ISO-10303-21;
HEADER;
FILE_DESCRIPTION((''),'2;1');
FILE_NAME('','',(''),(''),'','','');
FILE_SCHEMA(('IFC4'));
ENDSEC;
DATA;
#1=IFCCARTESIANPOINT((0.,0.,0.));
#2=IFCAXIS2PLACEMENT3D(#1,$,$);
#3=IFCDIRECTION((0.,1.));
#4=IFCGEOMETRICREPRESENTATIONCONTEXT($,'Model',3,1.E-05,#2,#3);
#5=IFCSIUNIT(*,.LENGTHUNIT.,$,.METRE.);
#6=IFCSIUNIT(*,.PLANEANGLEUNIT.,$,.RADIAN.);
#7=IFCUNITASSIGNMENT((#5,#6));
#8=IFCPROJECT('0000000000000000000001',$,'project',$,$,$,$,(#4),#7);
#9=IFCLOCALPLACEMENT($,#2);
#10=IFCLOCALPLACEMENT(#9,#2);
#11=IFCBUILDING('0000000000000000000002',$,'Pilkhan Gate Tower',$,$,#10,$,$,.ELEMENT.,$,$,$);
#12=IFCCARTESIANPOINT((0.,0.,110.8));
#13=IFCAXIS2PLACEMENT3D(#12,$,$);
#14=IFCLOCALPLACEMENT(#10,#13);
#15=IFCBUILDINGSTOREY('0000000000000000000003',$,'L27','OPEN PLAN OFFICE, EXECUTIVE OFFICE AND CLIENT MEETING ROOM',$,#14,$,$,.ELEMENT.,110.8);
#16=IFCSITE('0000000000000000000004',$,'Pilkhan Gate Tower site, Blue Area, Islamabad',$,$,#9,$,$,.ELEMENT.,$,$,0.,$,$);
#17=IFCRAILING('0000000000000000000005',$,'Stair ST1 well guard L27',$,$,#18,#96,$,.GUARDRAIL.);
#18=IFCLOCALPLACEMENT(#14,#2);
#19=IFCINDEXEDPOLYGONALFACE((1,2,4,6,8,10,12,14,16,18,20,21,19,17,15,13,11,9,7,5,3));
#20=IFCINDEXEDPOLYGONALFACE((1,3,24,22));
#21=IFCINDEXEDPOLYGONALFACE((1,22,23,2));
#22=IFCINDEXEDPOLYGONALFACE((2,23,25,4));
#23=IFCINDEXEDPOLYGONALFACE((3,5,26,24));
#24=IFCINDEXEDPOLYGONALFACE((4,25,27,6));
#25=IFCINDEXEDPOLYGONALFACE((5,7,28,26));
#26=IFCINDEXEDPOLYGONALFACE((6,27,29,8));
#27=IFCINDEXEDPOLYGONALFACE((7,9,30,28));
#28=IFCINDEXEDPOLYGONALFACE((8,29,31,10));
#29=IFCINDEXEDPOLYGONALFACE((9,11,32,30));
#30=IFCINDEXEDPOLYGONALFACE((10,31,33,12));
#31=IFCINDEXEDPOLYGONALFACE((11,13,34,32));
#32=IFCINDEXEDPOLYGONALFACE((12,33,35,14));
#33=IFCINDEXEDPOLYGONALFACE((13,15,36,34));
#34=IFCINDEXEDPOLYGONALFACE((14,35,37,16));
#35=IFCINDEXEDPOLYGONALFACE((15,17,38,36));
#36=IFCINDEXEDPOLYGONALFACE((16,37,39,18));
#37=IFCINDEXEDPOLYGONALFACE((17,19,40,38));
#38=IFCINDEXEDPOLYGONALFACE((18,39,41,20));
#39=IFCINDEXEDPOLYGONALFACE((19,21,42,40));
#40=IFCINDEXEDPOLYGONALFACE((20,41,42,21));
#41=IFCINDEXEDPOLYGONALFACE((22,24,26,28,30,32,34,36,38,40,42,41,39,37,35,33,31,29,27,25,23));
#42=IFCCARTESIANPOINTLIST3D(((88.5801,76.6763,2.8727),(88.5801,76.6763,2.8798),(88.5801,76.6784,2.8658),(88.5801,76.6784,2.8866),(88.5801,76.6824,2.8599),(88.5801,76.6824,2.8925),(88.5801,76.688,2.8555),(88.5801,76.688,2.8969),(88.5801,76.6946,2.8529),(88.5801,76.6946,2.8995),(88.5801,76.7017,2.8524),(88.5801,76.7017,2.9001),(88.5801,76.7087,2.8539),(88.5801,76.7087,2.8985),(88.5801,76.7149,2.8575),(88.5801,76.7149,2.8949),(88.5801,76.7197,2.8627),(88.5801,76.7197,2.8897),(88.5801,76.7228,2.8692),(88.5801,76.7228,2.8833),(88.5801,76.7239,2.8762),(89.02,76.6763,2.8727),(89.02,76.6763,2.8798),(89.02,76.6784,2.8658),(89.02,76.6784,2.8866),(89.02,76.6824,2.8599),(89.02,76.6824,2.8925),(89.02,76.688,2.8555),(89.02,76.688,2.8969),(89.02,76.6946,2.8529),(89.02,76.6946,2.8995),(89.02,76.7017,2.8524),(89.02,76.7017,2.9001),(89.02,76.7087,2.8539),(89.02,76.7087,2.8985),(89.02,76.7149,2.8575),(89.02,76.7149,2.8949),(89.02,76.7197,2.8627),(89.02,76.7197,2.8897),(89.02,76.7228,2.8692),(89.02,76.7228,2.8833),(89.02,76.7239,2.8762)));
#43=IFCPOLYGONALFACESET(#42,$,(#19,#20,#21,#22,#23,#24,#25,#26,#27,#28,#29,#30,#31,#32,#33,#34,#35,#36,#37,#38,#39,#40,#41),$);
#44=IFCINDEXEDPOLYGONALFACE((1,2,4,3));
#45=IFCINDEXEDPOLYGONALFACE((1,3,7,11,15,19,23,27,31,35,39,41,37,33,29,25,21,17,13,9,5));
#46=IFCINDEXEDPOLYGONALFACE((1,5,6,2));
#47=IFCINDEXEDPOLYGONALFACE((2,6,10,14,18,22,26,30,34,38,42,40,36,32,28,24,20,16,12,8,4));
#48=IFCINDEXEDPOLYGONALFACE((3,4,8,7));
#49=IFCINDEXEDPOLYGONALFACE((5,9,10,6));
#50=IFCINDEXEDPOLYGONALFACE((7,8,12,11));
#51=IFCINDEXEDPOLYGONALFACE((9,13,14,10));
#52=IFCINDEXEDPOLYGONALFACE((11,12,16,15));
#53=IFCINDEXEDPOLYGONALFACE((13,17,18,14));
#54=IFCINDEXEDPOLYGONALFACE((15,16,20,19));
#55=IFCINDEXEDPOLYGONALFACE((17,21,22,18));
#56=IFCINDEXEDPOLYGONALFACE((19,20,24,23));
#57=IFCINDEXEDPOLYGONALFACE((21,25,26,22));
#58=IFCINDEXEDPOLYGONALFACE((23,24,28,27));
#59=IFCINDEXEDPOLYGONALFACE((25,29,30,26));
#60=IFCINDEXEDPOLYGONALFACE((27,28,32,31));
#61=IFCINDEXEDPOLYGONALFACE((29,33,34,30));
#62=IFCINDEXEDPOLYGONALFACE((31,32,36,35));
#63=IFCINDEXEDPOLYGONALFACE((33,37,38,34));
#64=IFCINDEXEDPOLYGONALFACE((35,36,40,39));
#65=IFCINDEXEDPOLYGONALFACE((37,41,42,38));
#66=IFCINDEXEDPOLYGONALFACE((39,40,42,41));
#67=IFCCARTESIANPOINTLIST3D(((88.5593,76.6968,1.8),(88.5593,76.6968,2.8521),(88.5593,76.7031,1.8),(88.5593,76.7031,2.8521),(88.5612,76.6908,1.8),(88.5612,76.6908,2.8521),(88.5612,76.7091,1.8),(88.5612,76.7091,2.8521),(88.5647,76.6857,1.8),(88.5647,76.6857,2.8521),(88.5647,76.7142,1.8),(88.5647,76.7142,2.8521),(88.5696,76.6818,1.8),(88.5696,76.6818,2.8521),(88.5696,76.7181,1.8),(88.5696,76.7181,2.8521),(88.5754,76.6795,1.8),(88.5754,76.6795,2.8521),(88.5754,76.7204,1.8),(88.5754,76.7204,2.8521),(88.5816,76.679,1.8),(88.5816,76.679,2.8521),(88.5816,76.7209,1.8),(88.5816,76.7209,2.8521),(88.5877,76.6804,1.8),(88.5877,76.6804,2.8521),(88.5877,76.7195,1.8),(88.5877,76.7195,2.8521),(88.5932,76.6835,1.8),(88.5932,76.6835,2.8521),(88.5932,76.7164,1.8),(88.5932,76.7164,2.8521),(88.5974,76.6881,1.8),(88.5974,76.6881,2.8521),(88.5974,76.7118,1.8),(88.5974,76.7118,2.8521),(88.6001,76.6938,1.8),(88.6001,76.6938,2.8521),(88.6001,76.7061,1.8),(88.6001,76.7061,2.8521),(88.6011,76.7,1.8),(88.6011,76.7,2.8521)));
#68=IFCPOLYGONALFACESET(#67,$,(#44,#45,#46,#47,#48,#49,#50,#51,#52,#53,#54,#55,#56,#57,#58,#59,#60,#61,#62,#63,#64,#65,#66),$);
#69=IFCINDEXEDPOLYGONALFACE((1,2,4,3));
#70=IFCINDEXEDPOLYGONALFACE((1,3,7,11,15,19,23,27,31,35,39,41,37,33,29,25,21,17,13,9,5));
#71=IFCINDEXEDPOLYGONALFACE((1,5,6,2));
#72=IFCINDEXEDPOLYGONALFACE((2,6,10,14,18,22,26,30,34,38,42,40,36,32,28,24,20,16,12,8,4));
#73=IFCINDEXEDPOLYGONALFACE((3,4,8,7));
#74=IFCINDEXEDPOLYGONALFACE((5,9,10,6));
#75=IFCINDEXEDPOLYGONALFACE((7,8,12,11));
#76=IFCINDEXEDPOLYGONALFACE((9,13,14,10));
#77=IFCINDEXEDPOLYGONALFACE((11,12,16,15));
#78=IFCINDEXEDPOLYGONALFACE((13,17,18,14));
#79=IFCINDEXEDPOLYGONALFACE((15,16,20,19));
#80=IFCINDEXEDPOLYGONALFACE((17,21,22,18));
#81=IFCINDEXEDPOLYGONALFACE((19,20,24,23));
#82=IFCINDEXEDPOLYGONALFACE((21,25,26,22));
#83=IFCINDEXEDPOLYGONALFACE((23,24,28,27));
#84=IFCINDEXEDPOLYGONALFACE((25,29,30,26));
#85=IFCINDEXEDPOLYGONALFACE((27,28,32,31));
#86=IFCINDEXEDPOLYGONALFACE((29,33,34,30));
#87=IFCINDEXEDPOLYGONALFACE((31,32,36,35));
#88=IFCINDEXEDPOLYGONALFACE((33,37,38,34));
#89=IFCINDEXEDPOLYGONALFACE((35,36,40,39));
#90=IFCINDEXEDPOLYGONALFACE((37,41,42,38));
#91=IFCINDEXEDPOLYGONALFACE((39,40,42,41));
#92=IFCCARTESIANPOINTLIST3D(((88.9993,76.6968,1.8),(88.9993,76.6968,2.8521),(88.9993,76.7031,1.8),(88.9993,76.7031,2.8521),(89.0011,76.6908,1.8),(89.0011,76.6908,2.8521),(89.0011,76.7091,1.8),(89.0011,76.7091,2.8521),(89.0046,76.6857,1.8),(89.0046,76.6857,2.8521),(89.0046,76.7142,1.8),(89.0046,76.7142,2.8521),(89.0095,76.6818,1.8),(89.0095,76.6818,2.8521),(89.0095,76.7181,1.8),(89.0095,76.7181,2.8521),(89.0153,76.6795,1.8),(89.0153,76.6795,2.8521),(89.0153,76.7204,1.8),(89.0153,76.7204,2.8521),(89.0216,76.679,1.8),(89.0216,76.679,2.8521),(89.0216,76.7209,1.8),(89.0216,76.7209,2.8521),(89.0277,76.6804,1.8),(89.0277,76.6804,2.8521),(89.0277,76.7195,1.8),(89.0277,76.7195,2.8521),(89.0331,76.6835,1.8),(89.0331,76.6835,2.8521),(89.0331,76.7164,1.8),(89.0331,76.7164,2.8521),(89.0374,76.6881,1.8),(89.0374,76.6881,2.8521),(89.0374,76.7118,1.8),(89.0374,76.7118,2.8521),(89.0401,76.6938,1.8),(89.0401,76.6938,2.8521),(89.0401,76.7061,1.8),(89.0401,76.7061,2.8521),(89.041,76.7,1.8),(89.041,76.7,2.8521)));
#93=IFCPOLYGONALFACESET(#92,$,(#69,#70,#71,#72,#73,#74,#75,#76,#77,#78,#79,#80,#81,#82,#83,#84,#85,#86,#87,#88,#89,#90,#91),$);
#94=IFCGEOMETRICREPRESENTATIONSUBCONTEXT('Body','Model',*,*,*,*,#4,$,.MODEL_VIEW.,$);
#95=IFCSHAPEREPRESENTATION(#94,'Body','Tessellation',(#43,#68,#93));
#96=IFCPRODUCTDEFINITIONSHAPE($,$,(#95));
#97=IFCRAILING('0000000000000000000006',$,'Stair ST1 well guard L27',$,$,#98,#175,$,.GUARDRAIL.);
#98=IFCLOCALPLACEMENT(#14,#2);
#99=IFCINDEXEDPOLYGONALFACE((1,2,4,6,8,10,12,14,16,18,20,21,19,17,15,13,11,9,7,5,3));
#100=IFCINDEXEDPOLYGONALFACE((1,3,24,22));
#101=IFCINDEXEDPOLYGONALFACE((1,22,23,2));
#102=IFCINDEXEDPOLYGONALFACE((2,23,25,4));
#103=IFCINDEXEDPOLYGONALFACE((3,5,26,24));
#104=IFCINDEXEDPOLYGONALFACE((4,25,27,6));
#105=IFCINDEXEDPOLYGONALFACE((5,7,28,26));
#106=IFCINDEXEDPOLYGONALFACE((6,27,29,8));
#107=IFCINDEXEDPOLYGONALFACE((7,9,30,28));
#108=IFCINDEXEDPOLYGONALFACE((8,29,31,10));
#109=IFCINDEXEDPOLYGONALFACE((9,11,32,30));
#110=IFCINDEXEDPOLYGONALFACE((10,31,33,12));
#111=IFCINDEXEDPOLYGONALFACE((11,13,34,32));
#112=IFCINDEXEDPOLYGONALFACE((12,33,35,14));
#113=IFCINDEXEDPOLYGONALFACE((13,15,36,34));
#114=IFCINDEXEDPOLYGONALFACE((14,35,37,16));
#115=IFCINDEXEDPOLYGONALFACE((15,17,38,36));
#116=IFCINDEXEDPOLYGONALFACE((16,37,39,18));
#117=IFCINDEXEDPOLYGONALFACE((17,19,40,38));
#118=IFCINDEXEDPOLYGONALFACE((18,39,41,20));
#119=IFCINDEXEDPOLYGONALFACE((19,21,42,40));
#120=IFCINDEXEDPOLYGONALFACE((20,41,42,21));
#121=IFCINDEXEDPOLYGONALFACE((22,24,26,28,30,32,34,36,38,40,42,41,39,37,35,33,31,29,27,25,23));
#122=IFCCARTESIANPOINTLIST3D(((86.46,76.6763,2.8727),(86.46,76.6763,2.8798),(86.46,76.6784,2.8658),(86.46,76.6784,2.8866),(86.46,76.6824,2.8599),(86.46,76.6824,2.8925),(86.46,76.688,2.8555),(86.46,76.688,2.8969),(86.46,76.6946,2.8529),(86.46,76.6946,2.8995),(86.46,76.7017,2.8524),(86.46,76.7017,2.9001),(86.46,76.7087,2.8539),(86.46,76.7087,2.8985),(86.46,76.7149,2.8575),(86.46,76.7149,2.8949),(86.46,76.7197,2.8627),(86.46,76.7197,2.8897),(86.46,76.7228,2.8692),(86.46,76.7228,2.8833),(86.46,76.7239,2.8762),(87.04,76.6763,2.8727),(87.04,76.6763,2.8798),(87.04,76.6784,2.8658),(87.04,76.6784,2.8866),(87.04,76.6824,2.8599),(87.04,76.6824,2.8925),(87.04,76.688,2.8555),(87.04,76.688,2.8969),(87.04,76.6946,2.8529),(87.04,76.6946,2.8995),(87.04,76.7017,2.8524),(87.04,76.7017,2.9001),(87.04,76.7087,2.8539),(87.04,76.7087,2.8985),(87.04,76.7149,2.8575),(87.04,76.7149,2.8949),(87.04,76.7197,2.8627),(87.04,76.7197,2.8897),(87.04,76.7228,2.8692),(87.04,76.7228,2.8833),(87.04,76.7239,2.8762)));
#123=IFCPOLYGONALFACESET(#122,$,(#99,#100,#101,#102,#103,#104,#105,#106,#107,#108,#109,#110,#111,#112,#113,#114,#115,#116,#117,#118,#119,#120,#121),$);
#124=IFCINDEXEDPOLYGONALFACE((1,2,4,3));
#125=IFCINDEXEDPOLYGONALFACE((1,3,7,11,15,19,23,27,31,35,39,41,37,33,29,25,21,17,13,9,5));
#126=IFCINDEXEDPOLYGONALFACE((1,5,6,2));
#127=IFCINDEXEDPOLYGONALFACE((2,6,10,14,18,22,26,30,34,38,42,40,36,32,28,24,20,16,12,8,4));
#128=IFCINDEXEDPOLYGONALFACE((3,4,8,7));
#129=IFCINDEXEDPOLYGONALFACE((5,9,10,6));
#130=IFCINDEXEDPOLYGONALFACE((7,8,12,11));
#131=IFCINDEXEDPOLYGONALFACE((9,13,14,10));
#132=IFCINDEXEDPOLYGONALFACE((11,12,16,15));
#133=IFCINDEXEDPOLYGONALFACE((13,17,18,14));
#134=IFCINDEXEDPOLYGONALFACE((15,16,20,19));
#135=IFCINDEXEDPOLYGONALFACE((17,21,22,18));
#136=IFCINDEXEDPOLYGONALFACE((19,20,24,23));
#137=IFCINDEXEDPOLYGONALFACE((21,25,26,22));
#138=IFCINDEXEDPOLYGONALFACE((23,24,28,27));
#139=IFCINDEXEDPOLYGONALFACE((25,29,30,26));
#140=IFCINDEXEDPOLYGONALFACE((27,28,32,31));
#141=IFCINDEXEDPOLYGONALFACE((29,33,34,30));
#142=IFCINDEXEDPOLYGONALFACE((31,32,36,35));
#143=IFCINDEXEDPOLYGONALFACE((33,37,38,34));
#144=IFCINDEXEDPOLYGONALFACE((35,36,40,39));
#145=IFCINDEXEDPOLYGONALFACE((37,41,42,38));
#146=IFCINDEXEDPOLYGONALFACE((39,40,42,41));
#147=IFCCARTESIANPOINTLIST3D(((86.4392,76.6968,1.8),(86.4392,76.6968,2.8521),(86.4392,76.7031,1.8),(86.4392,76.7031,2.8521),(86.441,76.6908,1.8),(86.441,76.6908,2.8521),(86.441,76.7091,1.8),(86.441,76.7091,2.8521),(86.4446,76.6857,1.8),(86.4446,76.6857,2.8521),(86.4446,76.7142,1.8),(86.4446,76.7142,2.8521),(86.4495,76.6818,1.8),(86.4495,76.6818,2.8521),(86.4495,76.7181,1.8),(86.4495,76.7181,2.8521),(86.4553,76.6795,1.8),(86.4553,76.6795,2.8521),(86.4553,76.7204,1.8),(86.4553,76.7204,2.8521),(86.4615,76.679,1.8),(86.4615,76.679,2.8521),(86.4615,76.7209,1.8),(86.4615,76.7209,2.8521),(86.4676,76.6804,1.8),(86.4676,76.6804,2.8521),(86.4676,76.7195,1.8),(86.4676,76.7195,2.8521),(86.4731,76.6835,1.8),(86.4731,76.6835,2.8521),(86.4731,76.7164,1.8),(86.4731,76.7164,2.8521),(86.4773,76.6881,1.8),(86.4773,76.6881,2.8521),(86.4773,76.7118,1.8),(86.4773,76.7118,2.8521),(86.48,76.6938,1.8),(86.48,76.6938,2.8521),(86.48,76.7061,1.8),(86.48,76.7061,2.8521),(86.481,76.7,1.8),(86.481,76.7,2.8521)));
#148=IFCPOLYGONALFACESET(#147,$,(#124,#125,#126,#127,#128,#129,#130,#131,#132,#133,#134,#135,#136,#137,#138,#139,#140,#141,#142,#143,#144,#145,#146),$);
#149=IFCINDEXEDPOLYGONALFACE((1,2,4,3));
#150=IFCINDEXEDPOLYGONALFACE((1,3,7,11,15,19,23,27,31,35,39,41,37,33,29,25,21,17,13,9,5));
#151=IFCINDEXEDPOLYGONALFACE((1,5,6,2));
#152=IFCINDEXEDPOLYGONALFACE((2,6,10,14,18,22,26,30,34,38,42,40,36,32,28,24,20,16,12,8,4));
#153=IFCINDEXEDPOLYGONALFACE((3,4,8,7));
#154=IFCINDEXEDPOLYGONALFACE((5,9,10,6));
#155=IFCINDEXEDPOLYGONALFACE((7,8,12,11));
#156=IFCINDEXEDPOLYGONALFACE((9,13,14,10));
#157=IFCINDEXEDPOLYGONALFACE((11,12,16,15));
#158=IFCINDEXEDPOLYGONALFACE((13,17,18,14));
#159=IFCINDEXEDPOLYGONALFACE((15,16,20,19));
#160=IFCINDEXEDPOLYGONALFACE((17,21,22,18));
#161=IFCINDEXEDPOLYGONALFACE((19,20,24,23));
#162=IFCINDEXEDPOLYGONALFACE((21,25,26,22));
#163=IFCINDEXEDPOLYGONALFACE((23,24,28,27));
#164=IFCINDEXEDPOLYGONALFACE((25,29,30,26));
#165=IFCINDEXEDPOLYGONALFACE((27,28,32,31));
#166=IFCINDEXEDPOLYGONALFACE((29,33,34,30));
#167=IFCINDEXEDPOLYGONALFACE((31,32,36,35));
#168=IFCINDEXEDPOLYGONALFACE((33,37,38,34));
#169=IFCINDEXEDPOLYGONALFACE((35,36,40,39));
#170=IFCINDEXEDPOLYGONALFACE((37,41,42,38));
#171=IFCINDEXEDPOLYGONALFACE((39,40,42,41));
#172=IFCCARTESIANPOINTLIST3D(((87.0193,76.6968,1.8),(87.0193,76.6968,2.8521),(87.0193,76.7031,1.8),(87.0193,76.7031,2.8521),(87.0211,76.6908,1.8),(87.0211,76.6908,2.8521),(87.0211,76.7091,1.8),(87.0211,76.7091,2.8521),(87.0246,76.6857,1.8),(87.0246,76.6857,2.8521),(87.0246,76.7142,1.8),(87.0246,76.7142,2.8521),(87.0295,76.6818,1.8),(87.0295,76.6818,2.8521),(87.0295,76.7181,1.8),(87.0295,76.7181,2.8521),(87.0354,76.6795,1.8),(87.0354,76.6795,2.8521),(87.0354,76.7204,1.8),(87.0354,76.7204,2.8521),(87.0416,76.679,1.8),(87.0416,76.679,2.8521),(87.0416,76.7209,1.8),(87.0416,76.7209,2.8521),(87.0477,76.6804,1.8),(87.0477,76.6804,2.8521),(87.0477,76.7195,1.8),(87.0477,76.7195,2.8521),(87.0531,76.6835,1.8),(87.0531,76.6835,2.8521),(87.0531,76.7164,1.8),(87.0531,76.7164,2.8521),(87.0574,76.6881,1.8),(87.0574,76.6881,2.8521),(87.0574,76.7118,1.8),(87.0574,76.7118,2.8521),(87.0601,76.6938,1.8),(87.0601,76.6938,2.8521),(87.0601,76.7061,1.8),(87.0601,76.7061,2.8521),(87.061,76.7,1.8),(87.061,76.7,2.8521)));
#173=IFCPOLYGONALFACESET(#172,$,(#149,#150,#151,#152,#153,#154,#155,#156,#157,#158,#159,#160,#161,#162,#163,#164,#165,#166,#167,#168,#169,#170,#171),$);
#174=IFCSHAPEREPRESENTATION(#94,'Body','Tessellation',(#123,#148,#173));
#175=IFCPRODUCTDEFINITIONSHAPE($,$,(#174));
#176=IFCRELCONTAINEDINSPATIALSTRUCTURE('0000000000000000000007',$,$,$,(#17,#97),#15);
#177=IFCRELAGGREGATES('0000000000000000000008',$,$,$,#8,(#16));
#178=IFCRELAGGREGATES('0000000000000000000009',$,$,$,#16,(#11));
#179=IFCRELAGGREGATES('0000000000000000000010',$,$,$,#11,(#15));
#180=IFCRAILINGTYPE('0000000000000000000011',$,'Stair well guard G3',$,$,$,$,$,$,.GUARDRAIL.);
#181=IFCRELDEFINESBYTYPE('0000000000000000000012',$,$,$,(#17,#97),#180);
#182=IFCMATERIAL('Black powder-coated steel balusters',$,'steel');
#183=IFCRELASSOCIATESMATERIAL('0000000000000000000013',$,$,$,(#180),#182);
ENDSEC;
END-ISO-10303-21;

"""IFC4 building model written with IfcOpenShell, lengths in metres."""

from ifc_helpers import new_model, si_unit, direction, frame, origin, origin_2d, place, context, subcontext, project, spatial, circle, extrude, material, type_object, element, save


model = new_model("IFC4")

# Units and contexts
model_context = context("Model", 3, precision=1e-05, world=origin(), true_north=direction((0.0, 1.0)))
body_context = subcontext(model_context, "Body", "Model", "MODEL_VIEW")
ifc_project = project(units=[si_unit("LENGTHUNIT", "METRE"), si_unit("PLANEANGLEUNIT", "RADIAN")], contexts=[model_context])

# Site, building, storey
site_placement = place(None, origin())
site = spatial("IfcSite", under=ifc_project, at=site_placement, Name="Pilkhan Gate Tower site, Blue Area, Islamabad", CompositionType="ELEMENT", RefElevation=0.0)
building_placement = place(site_placement, origin())
building = spatial("IfcBuilding", under=site, at=building_placement, Name="Pilkhan Gate Tower", CompositionType="ELEMENT")
storey_placement = place(building_placement, frame((0.0, 0.0, 110.8)))
storey = spatial("IfcBuildingStorey", under=building, at=storey_placement, Name="L27", Description="OPEN PLAN OFFICE, EXECUTIVE OFFICE AND CLIENT MEETING ROOM", CompositionType="ELEMENT", Elevation=110.8)

# Railings
ifc_material_1 = material(Name="Black powder-coated steel balusters", Category="steel")
railing_type_1 = type_object("IfcRailingType", Name="Stair well guard G3", PredefinedType="GUARDRAIL", material=ifc_material_1)
railing_1_placement = place(storey_placement, frame((88.5801, 76.7, 1.8)))
element("IfcRailing", 1, at=railing_1_placement, inside=storey, type_object=railing_type_1, Name="Stair ST1 well guard L27", PredefinedType="GUARDRAIL", context=body_context, shape_type="SweptSolid", body=[
    extrude(circle(Radius=0.0239, at=origin_2d()), frame((0.0, 0.0, 1.0762), z_axis=(1.0, 0.0, 0.0), x_axis=(0.0, 1.0, 0.0)), (0.0, 0.0, 1.0), 0.4399),
    extrude(circle(Radius=0.021, at=origin_2d()), origin(), (0.0, 0.0, 1.0), 1.052),
    extrude(circle(Radius=0.021, at=origin_2d()), frame((0.4399, 0.0, 0.0)), (0.0, 0.0, 1.0), 1.052),
])
railing_2_placement = place(storey_placement, frame((86.46, 76.7, 1.8)))
element("IfcRailing", 2, at=railing_2_placement, inside=storey, type_object=railing_type_1, Name="Stair ST1 well guard L27", PredefinedType="GUARDRAIL", context=body_context, shape_type="SweptSolid", body=[
    extrude(circle(Radius=0.0239, at=origin_2d()), frame((0.0, 0.0, 1.0762), z_axis=(1.0, 0.0, 0.0), x_axis=(0.0, 1.0, 0.0)), (0.0, 0.0, 1.0), 0.5801),
    extrude(circle(Radius=0.021, at=origin_2d()), origin(), (0.0, 0.0, 1.0), 1.052),
    extrude(circle(Radius=0.021, at=origin_2d()), frame((0.5801, 0.0, 0.0)), (0.0, 0.0, 1.0), 1.052),
])

save(model, "model.ifc")
